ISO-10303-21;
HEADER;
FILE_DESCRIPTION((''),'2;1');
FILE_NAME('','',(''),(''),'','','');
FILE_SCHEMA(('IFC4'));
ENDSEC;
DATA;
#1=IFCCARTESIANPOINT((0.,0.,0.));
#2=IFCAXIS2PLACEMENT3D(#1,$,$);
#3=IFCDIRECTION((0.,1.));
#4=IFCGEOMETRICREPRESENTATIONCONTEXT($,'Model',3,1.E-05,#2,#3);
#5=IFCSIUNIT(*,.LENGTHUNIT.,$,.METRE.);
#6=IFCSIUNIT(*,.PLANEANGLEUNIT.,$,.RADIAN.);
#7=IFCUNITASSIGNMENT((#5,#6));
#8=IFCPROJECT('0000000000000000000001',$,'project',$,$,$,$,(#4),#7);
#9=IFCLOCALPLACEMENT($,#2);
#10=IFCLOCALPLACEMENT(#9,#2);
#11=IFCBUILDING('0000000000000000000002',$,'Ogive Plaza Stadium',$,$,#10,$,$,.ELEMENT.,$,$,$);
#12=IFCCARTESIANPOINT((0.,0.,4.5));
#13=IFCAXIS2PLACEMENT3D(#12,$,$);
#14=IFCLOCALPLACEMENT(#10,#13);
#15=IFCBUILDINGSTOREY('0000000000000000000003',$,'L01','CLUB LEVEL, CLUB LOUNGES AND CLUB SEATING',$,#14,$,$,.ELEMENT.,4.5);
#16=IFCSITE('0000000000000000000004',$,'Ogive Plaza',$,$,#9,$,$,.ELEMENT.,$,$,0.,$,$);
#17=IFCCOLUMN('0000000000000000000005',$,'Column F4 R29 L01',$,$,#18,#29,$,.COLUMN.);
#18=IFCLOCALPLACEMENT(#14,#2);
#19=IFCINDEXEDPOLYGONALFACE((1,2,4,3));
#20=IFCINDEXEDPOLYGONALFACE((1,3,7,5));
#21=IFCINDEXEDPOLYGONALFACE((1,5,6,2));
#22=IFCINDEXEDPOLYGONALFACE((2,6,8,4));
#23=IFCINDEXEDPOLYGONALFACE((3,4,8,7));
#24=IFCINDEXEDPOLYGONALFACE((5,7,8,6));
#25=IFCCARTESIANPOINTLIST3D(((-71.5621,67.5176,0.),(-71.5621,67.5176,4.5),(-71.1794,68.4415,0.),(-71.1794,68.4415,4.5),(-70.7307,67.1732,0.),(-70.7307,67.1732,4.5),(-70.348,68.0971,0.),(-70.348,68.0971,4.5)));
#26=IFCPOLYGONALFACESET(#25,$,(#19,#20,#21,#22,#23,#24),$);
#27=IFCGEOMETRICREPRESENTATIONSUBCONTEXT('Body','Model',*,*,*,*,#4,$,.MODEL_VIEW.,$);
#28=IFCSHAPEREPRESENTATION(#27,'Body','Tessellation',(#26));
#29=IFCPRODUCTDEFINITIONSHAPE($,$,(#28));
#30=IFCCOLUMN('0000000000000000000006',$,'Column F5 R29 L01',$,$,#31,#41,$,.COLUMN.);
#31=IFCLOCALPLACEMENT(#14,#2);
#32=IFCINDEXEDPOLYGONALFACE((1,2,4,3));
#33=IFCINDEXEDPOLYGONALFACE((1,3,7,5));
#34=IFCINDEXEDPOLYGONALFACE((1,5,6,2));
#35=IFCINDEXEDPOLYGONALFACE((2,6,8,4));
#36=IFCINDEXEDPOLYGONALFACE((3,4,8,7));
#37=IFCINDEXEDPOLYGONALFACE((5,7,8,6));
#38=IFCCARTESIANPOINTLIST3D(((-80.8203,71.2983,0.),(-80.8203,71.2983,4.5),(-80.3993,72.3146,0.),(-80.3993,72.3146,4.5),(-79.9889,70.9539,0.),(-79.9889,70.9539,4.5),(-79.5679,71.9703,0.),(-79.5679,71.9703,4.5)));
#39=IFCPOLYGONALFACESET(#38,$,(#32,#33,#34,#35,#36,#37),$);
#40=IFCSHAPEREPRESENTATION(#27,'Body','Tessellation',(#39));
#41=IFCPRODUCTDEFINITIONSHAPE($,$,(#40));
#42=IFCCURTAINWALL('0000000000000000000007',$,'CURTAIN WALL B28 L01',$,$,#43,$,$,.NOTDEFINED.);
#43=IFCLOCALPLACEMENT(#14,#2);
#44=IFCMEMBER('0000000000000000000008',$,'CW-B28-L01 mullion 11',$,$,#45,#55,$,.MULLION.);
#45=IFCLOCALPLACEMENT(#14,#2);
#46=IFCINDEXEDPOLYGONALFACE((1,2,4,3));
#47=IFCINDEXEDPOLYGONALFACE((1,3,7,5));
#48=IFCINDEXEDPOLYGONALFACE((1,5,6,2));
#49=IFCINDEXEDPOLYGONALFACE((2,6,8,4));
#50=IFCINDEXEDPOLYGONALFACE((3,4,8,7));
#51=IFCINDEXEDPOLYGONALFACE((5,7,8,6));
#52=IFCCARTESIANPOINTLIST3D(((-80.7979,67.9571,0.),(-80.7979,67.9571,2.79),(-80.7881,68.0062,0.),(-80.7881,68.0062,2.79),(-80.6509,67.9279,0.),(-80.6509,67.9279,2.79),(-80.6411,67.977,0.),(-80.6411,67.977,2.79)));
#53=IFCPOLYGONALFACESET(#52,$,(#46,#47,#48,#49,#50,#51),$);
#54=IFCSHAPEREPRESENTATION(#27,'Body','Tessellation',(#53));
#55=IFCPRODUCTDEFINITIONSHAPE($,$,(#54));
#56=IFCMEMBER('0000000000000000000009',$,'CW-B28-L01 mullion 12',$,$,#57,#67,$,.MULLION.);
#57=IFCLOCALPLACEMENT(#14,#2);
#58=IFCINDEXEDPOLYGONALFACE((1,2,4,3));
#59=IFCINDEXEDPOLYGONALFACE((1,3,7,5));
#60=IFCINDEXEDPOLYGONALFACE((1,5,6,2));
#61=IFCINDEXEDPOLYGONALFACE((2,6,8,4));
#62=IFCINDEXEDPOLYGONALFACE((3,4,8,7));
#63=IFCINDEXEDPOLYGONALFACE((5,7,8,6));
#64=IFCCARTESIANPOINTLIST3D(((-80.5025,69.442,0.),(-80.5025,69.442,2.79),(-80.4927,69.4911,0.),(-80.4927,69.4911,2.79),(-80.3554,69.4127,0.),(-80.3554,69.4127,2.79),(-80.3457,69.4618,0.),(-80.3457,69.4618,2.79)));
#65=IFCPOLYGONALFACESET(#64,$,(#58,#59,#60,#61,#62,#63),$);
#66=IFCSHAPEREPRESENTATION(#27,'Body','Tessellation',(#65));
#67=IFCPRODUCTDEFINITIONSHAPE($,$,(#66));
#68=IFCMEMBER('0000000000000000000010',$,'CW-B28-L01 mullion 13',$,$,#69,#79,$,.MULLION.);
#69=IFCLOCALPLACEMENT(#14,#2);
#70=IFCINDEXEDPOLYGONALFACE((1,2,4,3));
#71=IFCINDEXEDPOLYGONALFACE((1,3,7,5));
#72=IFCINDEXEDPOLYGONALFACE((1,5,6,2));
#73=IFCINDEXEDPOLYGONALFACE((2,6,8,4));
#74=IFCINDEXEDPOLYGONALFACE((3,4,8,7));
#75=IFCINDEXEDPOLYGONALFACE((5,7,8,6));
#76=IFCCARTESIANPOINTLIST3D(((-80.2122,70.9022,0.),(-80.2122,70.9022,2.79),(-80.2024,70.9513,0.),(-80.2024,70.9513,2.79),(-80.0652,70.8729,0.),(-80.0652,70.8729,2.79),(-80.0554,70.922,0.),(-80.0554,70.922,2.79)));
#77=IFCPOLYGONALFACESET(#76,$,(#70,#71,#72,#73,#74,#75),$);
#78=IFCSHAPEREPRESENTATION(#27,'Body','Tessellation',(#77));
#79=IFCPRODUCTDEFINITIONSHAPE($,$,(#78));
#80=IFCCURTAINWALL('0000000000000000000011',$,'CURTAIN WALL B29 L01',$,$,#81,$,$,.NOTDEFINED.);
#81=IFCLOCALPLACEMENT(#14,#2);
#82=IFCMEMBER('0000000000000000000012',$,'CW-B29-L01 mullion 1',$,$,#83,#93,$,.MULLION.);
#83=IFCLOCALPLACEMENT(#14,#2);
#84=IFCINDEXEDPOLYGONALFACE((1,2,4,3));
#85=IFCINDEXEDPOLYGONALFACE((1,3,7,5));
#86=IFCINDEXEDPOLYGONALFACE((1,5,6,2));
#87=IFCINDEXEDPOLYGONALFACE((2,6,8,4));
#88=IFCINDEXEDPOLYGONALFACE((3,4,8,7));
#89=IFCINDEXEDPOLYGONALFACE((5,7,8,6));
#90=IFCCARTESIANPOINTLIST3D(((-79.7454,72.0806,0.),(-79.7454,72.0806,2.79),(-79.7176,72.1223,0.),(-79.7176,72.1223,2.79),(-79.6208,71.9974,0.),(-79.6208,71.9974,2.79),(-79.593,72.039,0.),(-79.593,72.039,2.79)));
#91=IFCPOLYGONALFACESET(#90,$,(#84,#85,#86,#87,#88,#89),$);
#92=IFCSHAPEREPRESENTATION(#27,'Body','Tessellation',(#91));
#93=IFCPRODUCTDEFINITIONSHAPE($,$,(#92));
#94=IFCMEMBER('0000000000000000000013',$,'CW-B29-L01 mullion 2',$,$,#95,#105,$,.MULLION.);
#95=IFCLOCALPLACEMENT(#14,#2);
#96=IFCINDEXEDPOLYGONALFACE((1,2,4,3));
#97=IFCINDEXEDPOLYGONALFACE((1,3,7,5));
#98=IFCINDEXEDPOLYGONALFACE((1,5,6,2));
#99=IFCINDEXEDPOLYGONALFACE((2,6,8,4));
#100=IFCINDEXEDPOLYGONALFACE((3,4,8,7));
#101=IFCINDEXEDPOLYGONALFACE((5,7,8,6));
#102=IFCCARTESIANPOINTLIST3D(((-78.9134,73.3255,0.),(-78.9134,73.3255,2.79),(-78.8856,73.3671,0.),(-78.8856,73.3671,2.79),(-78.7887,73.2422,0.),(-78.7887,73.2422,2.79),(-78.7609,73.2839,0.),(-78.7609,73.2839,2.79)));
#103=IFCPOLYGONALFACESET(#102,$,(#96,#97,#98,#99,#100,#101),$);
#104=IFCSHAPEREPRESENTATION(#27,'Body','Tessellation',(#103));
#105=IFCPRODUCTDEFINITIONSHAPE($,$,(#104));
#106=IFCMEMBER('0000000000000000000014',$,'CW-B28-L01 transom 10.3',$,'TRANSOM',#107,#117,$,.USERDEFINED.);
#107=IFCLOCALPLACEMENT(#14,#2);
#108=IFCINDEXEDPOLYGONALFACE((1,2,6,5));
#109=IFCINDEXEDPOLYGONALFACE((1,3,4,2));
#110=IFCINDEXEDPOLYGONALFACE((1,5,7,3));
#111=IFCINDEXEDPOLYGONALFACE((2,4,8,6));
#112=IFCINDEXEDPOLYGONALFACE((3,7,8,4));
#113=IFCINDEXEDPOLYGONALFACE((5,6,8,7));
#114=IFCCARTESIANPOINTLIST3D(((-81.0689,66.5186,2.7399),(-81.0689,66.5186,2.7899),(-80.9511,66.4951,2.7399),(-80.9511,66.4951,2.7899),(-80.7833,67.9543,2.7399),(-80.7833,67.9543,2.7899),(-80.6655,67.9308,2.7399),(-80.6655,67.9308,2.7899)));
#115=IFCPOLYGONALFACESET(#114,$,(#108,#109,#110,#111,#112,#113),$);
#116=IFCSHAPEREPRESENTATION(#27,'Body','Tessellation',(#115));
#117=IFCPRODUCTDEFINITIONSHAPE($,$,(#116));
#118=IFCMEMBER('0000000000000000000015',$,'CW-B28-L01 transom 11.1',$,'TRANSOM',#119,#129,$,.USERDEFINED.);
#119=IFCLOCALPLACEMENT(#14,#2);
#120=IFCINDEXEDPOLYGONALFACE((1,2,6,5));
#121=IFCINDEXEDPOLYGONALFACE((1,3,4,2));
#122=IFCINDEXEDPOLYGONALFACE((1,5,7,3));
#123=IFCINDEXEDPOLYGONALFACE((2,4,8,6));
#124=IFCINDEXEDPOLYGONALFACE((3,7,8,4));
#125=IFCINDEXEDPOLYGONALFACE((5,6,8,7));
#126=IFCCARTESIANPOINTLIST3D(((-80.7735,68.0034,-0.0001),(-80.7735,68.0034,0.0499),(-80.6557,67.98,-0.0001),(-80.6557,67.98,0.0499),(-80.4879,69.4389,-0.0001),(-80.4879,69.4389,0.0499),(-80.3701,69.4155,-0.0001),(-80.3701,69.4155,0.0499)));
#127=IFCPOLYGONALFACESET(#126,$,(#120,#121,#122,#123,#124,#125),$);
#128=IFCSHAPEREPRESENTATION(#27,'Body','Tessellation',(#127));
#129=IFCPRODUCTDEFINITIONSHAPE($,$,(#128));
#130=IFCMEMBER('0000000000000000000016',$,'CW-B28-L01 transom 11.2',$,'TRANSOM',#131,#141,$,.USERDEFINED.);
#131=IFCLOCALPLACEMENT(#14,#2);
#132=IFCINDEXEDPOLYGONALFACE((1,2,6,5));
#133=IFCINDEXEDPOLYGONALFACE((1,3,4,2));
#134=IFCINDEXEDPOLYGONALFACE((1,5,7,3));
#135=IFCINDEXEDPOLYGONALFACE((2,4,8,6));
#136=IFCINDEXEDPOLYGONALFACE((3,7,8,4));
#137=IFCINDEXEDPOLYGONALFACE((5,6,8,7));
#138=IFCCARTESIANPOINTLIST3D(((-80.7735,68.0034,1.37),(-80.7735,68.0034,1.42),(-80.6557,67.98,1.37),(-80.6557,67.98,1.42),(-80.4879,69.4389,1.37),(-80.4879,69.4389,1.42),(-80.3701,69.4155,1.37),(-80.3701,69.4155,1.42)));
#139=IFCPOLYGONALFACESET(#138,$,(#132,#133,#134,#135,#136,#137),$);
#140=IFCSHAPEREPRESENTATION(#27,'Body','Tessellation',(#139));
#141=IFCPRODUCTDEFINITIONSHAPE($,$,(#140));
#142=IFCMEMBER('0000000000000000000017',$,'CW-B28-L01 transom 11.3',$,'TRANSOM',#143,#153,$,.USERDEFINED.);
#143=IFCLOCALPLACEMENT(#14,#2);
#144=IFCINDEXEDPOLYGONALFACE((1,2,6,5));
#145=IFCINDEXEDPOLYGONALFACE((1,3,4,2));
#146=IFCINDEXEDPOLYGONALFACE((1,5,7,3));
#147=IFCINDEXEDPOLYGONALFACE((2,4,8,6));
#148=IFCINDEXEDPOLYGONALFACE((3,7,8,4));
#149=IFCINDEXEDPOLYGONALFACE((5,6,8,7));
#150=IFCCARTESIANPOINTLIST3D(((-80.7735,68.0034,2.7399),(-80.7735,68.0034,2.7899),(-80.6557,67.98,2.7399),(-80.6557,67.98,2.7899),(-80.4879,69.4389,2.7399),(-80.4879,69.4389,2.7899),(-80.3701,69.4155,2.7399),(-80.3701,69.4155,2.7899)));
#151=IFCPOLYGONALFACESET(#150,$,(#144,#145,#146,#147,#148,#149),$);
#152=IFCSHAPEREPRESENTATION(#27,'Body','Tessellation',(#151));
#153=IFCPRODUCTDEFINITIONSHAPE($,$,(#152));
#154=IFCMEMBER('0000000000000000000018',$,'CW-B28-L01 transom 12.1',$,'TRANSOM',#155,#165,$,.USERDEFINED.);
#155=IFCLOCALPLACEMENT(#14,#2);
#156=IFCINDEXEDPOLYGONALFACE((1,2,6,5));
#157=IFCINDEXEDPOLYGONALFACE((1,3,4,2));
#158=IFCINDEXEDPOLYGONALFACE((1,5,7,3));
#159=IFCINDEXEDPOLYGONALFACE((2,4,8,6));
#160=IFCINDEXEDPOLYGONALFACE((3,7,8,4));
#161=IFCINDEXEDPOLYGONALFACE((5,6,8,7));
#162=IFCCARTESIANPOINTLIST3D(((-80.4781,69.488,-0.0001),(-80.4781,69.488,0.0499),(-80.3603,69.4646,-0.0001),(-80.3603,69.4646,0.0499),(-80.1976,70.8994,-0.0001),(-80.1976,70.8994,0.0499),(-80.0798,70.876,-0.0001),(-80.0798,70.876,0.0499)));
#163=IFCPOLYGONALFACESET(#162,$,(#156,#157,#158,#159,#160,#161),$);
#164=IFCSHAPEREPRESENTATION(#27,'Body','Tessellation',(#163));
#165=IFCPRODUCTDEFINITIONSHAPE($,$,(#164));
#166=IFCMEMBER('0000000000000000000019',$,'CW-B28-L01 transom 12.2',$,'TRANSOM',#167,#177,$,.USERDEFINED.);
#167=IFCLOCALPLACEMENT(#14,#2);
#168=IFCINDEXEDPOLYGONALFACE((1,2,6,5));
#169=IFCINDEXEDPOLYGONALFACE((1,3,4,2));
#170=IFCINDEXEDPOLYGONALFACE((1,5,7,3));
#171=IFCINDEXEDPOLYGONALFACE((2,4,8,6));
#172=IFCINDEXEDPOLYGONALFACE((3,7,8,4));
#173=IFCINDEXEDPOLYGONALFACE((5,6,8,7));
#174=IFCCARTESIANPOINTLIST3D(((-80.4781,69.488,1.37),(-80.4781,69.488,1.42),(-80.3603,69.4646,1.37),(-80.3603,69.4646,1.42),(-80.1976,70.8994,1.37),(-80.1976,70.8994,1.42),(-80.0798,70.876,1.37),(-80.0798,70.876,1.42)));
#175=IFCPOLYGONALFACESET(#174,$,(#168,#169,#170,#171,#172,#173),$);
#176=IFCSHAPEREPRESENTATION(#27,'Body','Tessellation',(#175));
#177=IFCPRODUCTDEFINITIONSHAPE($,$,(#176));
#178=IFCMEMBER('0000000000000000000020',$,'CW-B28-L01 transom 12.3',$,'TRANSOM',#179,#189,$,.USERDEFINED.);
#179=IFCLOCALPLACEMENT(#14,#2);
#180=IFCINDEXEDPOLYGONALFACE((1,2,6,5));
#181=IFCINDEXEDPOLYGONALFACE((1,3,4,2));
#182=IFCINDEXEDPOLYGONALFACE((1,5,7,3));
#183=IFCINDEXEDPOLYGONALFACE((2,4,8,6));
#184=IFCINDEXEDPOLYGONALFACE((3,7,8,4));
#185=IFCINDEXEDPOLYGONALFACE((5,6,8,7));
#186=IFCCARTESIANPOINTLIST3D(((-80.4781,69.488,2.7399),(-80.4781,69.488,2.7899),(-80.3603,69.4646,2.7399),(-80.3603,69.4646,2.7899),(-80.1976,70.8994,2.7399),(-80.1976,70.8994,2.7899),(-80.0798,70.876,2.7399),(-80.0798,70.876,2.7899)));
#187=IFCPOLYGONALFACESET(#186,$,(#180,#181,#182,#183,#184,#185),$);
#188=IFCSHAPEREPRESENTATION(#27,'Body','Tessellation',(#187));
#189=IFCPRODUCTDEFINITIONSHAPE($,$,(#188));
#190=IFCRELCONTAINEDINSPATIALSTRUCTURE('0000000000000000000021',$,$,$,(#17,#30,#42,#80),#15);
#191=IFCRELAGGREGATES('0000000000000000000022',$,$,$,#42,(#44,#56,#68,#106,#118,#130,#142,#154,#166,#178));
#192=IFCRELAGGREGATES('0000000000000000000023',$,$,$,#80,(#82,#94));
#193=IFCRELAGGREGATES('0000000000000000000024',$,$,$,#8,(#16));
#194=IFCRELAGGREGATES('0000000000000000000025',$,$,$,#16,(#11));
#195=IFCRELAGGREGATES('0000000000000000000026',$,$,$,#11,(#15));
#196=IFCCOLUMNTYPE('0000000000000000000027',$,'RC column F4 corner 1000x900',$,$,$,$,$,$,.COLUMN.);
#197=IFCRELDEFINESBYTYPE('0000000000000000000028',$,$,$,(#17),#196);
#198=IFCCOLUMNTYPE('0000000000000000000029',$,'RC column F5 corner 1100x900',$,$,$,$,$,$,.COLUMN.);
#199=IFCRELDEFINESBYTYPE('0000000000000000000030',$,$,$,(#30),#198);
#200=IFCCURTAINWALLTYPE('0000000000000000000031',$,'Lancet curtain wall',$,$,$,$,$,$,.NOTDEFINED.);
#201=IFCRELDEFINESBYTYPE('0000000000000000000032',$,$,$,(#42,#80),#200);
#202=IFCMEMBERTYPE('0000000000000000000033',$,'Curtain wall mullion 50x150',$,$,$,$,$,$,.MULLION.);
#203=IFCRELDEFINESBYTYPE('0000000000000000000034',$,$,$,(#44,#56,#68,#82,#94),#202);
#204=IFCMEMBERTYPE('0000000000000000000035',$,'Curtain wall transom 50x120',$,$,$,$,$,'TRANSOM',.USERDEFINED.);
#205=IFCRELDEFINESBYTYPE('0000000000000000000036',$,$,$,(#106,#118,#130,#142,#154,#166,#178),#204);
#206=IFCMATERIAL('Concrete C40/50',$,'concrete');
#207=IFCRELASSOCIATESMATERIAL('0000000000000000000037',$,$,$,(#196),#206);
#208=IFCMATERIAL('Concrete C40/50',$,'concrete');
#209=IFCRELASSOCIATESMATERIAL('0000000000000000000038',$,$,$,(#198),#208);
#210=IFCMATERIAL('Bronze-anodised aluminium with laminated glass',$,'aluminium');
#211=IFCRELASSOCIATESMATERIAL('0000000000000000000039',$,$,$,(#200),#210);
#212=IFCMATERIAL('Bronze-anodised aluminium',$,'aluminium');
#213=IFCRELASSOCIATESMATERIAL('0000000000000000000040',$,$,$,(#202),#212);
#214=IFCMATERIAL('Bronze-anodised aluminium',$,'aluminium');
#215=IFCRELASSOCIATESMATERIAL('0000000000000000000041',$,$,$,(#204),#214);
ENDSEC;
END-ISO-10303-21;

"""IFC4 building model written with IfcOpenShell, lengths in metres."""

from ifc_helpers import new_model, si_unit, direction, frame, origin, origin_2d, place, context, subcontext, project, spatial, rectangle, extrude, material, material_profile, profile_set, type_object, element, aggregate, save


model = new_model("IFC4")

# Units and contexts
model_context = context("Model", 3, precision=1e-05, world=origin(), true_north=direction((0.0, 1.0)))
body_context = subcontext(model_context, "Body", "Model", "MODEL_VIEW")
ifc_project = project(units=[si_unit("LENGTHUNIT", "METRE"), si_unit("PLANEANGLEUNIT", "RADIAN")], contexts=[model_context])

# Site, building, storey
site_placement = place(None, origin())
site = spatial("IfcSite", under=ifc_project, at=site_placement, Name="Ogive Plaza", CompositionType="ELEMENT", RefElevation=0.0)
building_placement = place(site_placement, origin())
building = spatial("IfcBuilding", under=site, at=building_placement, Name="Ogive Plaza Stadium", CompositionType="ELEMENT")
storey_placement = place(building_placement, frame((0.0, 0.0, 4.5)))
storey = spatial("IfcBuildingStorey", under=building, at=storey_placement, Name="L01", Description="CLUB LEVEL, CLUB LOUNGES AND CLUB SEATING", CompositionType="ELEMENT", Elevation=4.5)

# Columns
ifc_material_1 = material(Name="Concrete C40/50", Category="concrete")
ifc_material_profile_1 = material_profile(ifc_material_1, rectangle(XDim=1.0, YDim=0.8999, at=origin_2d()), Name="RC 1000x900")
ifc_profile_set_1 = profile_set([ifc_material_profile_1], Name="Concrete C40/50")
column_type_1 = type_object("IfcColumnType", Name="RC column F4 corner 1000x900", PredefinedType="COLUMN", material=ifc_profile_set_1)
column_1_placement = place(storey_placement, frame((-70.9551, 67.8074, 0.0), z_axis=(0.0, 0.0, 1.0), x_axis=(-0.382683, -0.92388, 0.0)))
element("IfcColumn", 1, at=column_1_placement, inside=storey, type_object=column_type_1, Name="Column F4 R29 L01", PredefinedType="COLUMN", context=body_context, shape_type="SweptSolid", body=[
    extrude(rectangle(XDim=1.0, YDim=0.8999, at=origin_2d()), origin(), (0.0, 0.0, 1.0), 4.5),
])
ifc_material_2 = material(Name="Concrete C40/50", Category="concrete")
ifc_material_profile_2 = material_profile(ifc_material_2, rectangle(XDim=1.1001, YDim=0.8999, at=origin_2d()), Name="RC 1100x900")
ifc_profile_set_2 = profile_set([ifc_material_profile_2], Name="Concrete C40/50")
column_type_2 = type_object("IfcColumnType", Name="RC column F5 corner 1100x900", PredefinedType="COLUMN", material=ifc_profile_set_2)
column_2_placement = place(storey_placement, frame((-80.1941, 71.6343, 0.0), z_axis=(0.0, 0.0, 1.0), x_axis=(-0.382683, -0.92388, 0.0)))
element("IfcColumn", 2, at=column_2_placement, inside=storey, type_object=column_type_2, Name="Column F5 R29 L01", PredefinedType="COLUMN", context=body_context, shape_type="SweptSolid", body=[
    extrude(rectangle(XDim=1.1001, YDim=0.8999, at=origin_2d()), origin(), (0.0, 0.0, 1.0), 4.5),
])

# Curtain walls, members
ifc_material_3 = material(Name="Bronze-anodised aluminium with laminated glass", Category="aluminium")
curtain_wall_type = type_object("IfcCurtainWallType", Name="Lancet curtain wall", PredefinedType="NOTDEFINED", material=ifc_material_3)
curtain_wall_1_placement = place(storey_placement, origin())
curtain_wall_1 = element("IfcCurtainWall", 3, at=curtain_wall_1_placement, inside=storey, type_object=curtain_wall_type, Name="CURTAIN WALL B28 L01", PredefinedType="NOTDEFINED")
ifc_material_4 = material(Name="Bronze-anodised aluminium", Category="aluminium")
ifc_material_profile_3 = material_profile(ifc_material_4, rectangle(XDim=0.1499, YDim=0.05, at=origin_2d()), Name="AL 150x50")
ifc_profile_set_3 = profile_set([ifc_material_profile_3], Name="Bronze-anodised aluminium")
member_type_1 = type_object("IfcMemberType", Name="Curtain wall mullion 50x150", PredefinedType="MULLION", material=ifc_profile_set_3)
member_1_placement = place(storey_placement, frame((-80.7195, 67.967, 0.0), z_axis=(0.0, 0.0, 1.0), x_axis=(-0.980785, 0.19509, 0.0)))
member_1 = element("IfcMember", 4, at=member_1_placement, type_object=member_type_1, Name="CW-B28-L01 mullion 11", PredefinedType="MULLION", context=body_context, shape_type="SweptSolid", body=[
    extrude(rectangle(XDim=0.1499, YDim=0.05, at=origin_2d()), origin(), (0.0, 0.0, 1.0), 2.79),
])
member_2_placement = place(storey_placement, frame((-80.4241, 69.4519, 0.0), z_axis=(0.0, 0.0, 1.0), x_axis=(-0.980785, 0.19509, 0.0)))
member_2 = element("IfcMember", 5, at=member_2_placement, type_object=member_type_1, Name="CW-B28-L01 mullion 12", PredefinedType="MULLION", context=body_context, shape_type="SweptSolid", body=[
    extrude(rectangle(XDim=0.1499, YDim=0.05, at=origin_2d()), origin(), (0.0, 0.0, 1.0), 2.79),
])
member_3_placement = place(storey_placement, frame((-80.1338, 70.9121, 0.0), z_axis=(0.0, 0.0, 1.0), x_axis=(-0.980785, 0.19509, 0.0)))
member_3 = element("IfcMember", 6, at=member_3_placement, type_object=member_type_1, Name="CW-B28-L01 mullion 13", PredefinedType="MULLION", context=body_context, shape_type="SweptSolid", body=[
    extrude(rectangle(XDim=0.1499, YDim=0.05, at=origin_2d()), origin(), (0.0, 0.0, 1.0), 2.79),
])
curtain_wall_2_placement = place(storey_placement, origin())
curtain_wall_2 = element("IfcCurtainWall", 7, at=curtain_wall_2_placement, inside=storey, type_object=curtain_wall_type, Name="CURTAIN WALL B29 L01", PredefinedType="NOTDEFINED")
member_4_placement = place(storey_placement, frame((-79.6692, 72.0598, 0.0), z_axis=(0.0, 0.0, 1.0), x_axis=(-0.83147, 0.55557, 0.0)))
member_4 = element("IfcMember", 8, at=member_4_placement, type_object=member_type_1, Name="CW-B29-L01 mullion 1", PredefinedType="MULLION", context=body_context, shape_type="SweptSolid", body=[
    extrude(rectangle(XDim=0.1499, YDim=0.05, at=origin_2d()), origin(), (0.0, 0.0, 1.0), 2.79),
])
member_5_placement = place(storey_placement, frame((-78.8372, 73.3047, 0.0), z_axis=(0.0, 0.0, 1.0), x_axis=(-0.83147, 0.55557, 0.0)))
member_5 = element("IfcMember", 9, at=member_5_placement, type_object=member_type_1, Name="CW-B29-L01 mullion 2", PredefinedType="MULLION", context=body_context, shape_type="SweptSolid", body=[
    extrude(rectangle(XDim=0.1499, YDim=0.05, at=origin_2d()), origin(), (0.0, 0.0, 1.0), 2.79),
])

# Members
ifc_material_5 = material(Name="Bronze-anodised aluminium", Category="aluminium")
ifc_material_profile_4 = material_profile(ifc_material_5, rectangle(XDim=0.1201, YDim=0.05, at=origin_2d()), Name="AL 120x50")
ifc_profile_set_4 = profile_set([ifc_material_profile_4], Name="Bronze-anodised aluminium")
member_type_2 = type_object("IfcMemberType", Name="Curtain wall transom 50x120", ElementType="TRANSOM", PredefinedType="USERDEFINED", material=ifc_profile_set_4)
member_6_placement = place(storey_placement, frame((-81.01, 66.5068, 2.7649), z_axis=(0.195122, 0.980779, 0.0), x_axis=(-0.980779, 0.195122, 0.0)))
member_6 = element("IfcMember", 10, at=member_6_placement, type_object=member_type_2, Name="CW-B28-L01 transom 10.3", ObjectType="TRANSOM", PredefinedType="USERDEFINED", context=body_context, shape_type="SweptSolid", body=[
    extrude(rectangle(XDim=0.1201, YDim=0.05, at=origin_2d()), origin(), (0.0, 0.0, 1.0), 1.4639),
])
member_7_placement = place(storey_placement, frame((-80.7146, 67.9917, 0.0249), z_axis=(0.195154, 0.980773, 0.0), x_axis=(-0.980773, 0.195154, 0.0)))
member_7 = element("IfcMember", 11, at=member_7_placement, type_object=member_type_2, Name="CW-B28-L01 transom 11.1", ObjectType="TRANSOM", PredefinedType="USERDEFINED", context=body_context, shape_type="SweptSolid", body=[
    extrude(rectangle(XDim=0.1201, YDim=0.05, at=origin_2d()), origin(), (0.0, 0.0, 1.0), 1.4636),
])
member_8_placement = place(storey_placement, frame((-80.7146, 67.9917, 1.395), z_axis=(0.195154, 0.980773, 0.0), x_axis=(-0.980773, 0.195154, 0.0)))
member_8 = element("IfcMember", 12, at=member_8_placement, type_object=member_type_2, Name="CW-B28-L01 transom 11.2", ObjectType="TRANSOM", PredefinedType="USERDEFINED", context=body_context, shape_type="SweptSolid", body=[
    extrude(rectangle(XDim=0.1201, YDim=0.05, at=origin_2d()), origin(), (0.0, 0.0, 1.0), 1.4636),
])
member_9_placement = place(storey_placement, frame((-80.7146, 67.9917, 2.7649), z_axis=(0.195154, 0.980773, 0.0), x_axis=(-0.980773, 0.195154, 0.0)))
member_9 = element("IfcMember", 13, at=member_9_placement, type_object=member_type_2, Name="CW-B28-L01 transom 11.3", ObjectType="TRANSOM", PredefinedType="USERDEFINED", context=body_context, shape_type="SweptSolid", body=[
    extrude(rectangle(XDim=0.1201, YDim=0.05, at=origin_2d()), origin(), (0.0, 0.0, 1.0), 1.4636),
])
member_10_placement = place(storey_placement, frame((-80.4192, 69.4763, 0.0249), z_axis=(0.194941, 0.980815, 0.0), x_axis=(-0.980815, 0.194941, 0.0)))
member_10 = element("IfcMember", 14, at=member_10_placement, type_object=member_type_2, Name="CW-B28-L01 transom 12.1", ObjectType="TRANSOM", PredefinedType="USERDEFINED", context=body_context, shape_type="SweptSolid", body=[
    extrude(rectangle(XDim=0.1201, YDim=0.05, at=origin_2d()), origin(), (0.0, 0.0, 1.0), 1.439),
])
member_11_placement = place(storey_placement, frame((-80.4192, 69.4763, 1.395), z_axis=(0.194941, 0.980815, 0.0), x_axis=(-0.980815, 0.194941, 0.0)))
member_11 = element("IfcMember", 15, at=member_11_placement, type_object=member_type_2, Name="CW-B28-L01 transom 12.2", ObjectType="TRANSOM", PredefinedType="USERDEFINED", context=body_context, shape_type="SweptSolid", body=[
    extrude(rectangle(XDim=0.1201, YDim=0.05, at=origin_2d()), origin(), (0.0, 0.0, 1.0), 1.439),
])
member_12_placement = place(storey_placement, frame((-80.4192, 69.4763, 2.7649), z_axis=(0.194941, 0.980815, 0.0), x_axis=(-0.980815, 0.194941, 0.0)))
member_12 = element("IfcMember", 16, at=member_12_placement, type_object=member_type_2, Name="CW-B28-L01 transom 12.3", ObjectType="TRANSOM", PredefinedType="USERDEFINED", context=body_context, shape_type="SweptSolid", body=[
    extrude(rectangle(XDim=0.1201, YDim=0.05, at=origin_2d()), origin(), (0.0, 0.0, 1.0), 1.439),
])

aggregate(curtain_wall_1, [member_1, member_2, member_3, member_6, member_7, member_8, member_9, member_10, member_11, member_12])
aggregate(curtain_wall_2, [member_4, member_5])

save(model, "model.ifc")
